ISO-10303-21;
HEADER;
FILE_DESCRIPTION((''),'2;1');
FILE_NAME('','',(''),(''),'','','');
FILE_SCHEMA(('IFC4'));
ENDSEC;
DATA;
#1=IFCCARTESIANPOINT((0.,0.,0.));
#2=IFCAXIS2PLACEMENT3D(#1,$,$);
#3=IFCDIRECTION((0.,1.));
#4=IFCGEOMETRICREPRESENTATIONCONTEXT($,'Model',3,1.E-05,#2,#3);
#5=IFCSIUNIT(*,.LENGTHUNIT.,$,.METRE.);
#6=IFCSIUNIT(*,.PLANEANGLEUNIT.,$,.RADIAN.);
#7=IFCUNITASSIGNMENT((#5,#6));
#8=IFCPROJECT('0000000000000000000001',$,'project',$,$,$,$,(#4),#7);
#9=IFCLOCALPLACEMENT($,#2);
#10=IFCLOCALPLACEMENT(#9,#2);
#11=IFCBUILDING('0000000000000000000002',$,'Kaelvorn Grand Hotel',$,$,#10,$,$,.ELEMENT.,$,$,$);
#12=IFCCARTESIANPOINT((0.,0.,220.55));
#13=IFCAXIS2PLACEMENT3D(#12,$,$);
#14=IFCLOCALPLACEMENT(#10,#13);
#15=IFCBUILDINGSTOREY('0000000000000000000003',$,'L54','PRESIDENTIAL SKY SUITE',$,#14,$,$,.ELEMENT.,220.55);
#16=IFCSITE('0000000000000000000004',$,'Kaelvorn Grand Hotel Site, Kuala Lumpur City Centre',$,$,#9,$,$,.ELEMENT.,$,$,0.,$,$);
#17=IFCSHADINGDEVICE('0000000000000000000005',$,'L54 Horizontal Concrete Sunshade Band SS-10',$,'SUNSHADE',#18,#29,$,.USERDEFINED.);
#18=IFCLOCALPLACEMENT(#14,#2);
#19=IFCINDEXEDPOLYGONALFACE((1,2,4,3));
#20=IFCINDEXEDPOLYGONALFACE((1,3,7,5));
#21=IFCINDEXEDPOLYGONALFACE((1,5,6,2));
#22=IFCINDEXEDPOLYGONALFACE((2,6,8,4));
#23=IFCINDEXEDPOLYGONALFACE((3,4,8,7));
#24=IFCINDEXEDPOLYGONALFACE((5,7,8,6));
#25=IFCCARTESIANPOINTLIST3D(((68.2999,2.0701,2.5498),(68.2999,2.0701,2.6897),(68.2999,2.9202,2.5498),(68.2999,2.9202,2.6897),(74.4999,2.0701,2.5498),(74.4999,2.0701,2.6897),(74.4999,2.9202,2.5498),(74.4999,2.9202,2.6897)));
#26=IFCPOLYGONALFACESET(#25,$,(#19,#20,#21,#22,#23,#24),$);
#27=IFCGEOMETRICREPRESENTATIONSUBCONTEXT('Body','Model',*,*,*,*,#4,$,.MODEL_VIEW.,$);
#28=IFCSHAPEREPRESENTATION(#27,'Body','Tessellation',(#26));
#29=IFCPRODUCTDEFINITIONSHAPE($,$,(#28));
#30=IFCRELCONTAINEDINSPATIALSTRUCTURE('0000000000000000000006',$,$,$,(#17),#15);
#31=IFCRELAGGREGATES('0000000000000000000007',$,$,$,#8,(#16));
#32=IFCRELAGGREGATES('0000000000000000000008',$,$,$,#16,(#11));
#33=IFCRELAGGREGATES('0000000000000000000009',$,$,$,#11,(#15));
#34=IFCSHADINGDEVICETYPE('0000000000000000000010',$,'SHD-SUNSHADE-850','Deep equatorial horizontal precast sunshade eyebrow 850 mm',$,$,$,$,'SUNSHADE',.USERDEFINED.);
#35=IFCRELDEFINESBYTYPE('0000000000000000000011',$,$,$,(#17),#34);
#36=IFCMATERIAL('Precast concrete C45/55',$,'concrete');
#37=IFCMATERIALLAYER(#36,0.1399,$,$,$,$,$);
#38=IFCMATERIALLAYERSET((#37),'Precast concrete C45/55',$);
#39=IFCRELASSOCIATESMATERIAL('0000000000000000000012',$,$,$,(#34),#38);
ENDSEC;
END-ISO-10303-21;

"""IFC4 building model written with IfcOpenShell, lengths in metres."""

from ifc_helpers import new_model, si_unit, direction, frame, origin, origin_2d, place, context, subcontext, project, spatial, rectangle, extrude, material, layer, layer_set, type_object, element, save


model = new_model("IFC4")

# Units and contexts
model_context = context("Model", 3, precision=1e-05, world=origin(), true_north=direction((0.0, 1.0)))
body_context = subcontext(model_context, "Body", "Model", "MODEL_VIEW")
ifc_project = project(units=[si_unit("LENGTHUNIT", "METRE"), si_unit("PLANEANGLEUNIT", "RADIAN")], contexts=[model_context])

# Site, building, storey
site_placement = place(None, origin())
site = spatial("IfcSite", under=ifc_project, at=site_placement, Name="Kaelvorn Grand Hotel Site, Kuala Lumpur City Centre", CompositionType="ELEMENT", RefElevation=0.0)
building_placement = place(site_placement, origin())
building = spatial("IfcBuilding", under=site, at=building_placement, Name="Kaelvorn Grand Hotel", CompositionType="ELEMENT")
storey_placement = place(building_placement, frame((0.0, 0.0, 220.55)))
storey = spatial("IfcBuildingStorey", under=building, at=storey_placement, Name="L54", Description="PRESIDENTIAL SKY SUITE", CompositionType="ELEMENT", Elevation=220.55)

# Shared definitions
ifc_material_1 = material(Name="Precast concrete C45/55", Category="concrete")

# Shading device
ifc_layer_1 = layer(ifc_material_1, 0.1399)
ifc_layer_set_1 = layer_set([ifc_layer_1], Name="Precast concrete C45/55")
shading_device_type = type_object("IfcShadingDeviceType", Name="SHD-SUNSHADE-850", Description="Deep equatorial horizontal precast sunshade eyebrow 850 mm", ElementType="SUNSHADE", PredefinedType="USERDEFINED", material=ifc_layer_set_1)
shading_device_placement = place(storey_placement, frame((71.3999, 2.4951, 2.5498), z_axis=(0.0, 0.0, 1.0), x_axis=(1.0, 0.0, 0.0)))
element("IfcShadingDevice", 1, at=shading_device_placement, inside=storey, type_object=shading_device_type, Name="L54 Horizontal Concrete Sunshade Band SS-10", ObjectType="SUNSHADE", PredefinedType="USERDEFINED", context=body_context, shape_type="SweptSolid", body=[
    extrude(rectangle(XDim=6.2, YDim=0.8501, at=origin_2d()), origin(), (0.0, 0.0, 1.0), 0.1399),
])

save(model, "model.ifc")
